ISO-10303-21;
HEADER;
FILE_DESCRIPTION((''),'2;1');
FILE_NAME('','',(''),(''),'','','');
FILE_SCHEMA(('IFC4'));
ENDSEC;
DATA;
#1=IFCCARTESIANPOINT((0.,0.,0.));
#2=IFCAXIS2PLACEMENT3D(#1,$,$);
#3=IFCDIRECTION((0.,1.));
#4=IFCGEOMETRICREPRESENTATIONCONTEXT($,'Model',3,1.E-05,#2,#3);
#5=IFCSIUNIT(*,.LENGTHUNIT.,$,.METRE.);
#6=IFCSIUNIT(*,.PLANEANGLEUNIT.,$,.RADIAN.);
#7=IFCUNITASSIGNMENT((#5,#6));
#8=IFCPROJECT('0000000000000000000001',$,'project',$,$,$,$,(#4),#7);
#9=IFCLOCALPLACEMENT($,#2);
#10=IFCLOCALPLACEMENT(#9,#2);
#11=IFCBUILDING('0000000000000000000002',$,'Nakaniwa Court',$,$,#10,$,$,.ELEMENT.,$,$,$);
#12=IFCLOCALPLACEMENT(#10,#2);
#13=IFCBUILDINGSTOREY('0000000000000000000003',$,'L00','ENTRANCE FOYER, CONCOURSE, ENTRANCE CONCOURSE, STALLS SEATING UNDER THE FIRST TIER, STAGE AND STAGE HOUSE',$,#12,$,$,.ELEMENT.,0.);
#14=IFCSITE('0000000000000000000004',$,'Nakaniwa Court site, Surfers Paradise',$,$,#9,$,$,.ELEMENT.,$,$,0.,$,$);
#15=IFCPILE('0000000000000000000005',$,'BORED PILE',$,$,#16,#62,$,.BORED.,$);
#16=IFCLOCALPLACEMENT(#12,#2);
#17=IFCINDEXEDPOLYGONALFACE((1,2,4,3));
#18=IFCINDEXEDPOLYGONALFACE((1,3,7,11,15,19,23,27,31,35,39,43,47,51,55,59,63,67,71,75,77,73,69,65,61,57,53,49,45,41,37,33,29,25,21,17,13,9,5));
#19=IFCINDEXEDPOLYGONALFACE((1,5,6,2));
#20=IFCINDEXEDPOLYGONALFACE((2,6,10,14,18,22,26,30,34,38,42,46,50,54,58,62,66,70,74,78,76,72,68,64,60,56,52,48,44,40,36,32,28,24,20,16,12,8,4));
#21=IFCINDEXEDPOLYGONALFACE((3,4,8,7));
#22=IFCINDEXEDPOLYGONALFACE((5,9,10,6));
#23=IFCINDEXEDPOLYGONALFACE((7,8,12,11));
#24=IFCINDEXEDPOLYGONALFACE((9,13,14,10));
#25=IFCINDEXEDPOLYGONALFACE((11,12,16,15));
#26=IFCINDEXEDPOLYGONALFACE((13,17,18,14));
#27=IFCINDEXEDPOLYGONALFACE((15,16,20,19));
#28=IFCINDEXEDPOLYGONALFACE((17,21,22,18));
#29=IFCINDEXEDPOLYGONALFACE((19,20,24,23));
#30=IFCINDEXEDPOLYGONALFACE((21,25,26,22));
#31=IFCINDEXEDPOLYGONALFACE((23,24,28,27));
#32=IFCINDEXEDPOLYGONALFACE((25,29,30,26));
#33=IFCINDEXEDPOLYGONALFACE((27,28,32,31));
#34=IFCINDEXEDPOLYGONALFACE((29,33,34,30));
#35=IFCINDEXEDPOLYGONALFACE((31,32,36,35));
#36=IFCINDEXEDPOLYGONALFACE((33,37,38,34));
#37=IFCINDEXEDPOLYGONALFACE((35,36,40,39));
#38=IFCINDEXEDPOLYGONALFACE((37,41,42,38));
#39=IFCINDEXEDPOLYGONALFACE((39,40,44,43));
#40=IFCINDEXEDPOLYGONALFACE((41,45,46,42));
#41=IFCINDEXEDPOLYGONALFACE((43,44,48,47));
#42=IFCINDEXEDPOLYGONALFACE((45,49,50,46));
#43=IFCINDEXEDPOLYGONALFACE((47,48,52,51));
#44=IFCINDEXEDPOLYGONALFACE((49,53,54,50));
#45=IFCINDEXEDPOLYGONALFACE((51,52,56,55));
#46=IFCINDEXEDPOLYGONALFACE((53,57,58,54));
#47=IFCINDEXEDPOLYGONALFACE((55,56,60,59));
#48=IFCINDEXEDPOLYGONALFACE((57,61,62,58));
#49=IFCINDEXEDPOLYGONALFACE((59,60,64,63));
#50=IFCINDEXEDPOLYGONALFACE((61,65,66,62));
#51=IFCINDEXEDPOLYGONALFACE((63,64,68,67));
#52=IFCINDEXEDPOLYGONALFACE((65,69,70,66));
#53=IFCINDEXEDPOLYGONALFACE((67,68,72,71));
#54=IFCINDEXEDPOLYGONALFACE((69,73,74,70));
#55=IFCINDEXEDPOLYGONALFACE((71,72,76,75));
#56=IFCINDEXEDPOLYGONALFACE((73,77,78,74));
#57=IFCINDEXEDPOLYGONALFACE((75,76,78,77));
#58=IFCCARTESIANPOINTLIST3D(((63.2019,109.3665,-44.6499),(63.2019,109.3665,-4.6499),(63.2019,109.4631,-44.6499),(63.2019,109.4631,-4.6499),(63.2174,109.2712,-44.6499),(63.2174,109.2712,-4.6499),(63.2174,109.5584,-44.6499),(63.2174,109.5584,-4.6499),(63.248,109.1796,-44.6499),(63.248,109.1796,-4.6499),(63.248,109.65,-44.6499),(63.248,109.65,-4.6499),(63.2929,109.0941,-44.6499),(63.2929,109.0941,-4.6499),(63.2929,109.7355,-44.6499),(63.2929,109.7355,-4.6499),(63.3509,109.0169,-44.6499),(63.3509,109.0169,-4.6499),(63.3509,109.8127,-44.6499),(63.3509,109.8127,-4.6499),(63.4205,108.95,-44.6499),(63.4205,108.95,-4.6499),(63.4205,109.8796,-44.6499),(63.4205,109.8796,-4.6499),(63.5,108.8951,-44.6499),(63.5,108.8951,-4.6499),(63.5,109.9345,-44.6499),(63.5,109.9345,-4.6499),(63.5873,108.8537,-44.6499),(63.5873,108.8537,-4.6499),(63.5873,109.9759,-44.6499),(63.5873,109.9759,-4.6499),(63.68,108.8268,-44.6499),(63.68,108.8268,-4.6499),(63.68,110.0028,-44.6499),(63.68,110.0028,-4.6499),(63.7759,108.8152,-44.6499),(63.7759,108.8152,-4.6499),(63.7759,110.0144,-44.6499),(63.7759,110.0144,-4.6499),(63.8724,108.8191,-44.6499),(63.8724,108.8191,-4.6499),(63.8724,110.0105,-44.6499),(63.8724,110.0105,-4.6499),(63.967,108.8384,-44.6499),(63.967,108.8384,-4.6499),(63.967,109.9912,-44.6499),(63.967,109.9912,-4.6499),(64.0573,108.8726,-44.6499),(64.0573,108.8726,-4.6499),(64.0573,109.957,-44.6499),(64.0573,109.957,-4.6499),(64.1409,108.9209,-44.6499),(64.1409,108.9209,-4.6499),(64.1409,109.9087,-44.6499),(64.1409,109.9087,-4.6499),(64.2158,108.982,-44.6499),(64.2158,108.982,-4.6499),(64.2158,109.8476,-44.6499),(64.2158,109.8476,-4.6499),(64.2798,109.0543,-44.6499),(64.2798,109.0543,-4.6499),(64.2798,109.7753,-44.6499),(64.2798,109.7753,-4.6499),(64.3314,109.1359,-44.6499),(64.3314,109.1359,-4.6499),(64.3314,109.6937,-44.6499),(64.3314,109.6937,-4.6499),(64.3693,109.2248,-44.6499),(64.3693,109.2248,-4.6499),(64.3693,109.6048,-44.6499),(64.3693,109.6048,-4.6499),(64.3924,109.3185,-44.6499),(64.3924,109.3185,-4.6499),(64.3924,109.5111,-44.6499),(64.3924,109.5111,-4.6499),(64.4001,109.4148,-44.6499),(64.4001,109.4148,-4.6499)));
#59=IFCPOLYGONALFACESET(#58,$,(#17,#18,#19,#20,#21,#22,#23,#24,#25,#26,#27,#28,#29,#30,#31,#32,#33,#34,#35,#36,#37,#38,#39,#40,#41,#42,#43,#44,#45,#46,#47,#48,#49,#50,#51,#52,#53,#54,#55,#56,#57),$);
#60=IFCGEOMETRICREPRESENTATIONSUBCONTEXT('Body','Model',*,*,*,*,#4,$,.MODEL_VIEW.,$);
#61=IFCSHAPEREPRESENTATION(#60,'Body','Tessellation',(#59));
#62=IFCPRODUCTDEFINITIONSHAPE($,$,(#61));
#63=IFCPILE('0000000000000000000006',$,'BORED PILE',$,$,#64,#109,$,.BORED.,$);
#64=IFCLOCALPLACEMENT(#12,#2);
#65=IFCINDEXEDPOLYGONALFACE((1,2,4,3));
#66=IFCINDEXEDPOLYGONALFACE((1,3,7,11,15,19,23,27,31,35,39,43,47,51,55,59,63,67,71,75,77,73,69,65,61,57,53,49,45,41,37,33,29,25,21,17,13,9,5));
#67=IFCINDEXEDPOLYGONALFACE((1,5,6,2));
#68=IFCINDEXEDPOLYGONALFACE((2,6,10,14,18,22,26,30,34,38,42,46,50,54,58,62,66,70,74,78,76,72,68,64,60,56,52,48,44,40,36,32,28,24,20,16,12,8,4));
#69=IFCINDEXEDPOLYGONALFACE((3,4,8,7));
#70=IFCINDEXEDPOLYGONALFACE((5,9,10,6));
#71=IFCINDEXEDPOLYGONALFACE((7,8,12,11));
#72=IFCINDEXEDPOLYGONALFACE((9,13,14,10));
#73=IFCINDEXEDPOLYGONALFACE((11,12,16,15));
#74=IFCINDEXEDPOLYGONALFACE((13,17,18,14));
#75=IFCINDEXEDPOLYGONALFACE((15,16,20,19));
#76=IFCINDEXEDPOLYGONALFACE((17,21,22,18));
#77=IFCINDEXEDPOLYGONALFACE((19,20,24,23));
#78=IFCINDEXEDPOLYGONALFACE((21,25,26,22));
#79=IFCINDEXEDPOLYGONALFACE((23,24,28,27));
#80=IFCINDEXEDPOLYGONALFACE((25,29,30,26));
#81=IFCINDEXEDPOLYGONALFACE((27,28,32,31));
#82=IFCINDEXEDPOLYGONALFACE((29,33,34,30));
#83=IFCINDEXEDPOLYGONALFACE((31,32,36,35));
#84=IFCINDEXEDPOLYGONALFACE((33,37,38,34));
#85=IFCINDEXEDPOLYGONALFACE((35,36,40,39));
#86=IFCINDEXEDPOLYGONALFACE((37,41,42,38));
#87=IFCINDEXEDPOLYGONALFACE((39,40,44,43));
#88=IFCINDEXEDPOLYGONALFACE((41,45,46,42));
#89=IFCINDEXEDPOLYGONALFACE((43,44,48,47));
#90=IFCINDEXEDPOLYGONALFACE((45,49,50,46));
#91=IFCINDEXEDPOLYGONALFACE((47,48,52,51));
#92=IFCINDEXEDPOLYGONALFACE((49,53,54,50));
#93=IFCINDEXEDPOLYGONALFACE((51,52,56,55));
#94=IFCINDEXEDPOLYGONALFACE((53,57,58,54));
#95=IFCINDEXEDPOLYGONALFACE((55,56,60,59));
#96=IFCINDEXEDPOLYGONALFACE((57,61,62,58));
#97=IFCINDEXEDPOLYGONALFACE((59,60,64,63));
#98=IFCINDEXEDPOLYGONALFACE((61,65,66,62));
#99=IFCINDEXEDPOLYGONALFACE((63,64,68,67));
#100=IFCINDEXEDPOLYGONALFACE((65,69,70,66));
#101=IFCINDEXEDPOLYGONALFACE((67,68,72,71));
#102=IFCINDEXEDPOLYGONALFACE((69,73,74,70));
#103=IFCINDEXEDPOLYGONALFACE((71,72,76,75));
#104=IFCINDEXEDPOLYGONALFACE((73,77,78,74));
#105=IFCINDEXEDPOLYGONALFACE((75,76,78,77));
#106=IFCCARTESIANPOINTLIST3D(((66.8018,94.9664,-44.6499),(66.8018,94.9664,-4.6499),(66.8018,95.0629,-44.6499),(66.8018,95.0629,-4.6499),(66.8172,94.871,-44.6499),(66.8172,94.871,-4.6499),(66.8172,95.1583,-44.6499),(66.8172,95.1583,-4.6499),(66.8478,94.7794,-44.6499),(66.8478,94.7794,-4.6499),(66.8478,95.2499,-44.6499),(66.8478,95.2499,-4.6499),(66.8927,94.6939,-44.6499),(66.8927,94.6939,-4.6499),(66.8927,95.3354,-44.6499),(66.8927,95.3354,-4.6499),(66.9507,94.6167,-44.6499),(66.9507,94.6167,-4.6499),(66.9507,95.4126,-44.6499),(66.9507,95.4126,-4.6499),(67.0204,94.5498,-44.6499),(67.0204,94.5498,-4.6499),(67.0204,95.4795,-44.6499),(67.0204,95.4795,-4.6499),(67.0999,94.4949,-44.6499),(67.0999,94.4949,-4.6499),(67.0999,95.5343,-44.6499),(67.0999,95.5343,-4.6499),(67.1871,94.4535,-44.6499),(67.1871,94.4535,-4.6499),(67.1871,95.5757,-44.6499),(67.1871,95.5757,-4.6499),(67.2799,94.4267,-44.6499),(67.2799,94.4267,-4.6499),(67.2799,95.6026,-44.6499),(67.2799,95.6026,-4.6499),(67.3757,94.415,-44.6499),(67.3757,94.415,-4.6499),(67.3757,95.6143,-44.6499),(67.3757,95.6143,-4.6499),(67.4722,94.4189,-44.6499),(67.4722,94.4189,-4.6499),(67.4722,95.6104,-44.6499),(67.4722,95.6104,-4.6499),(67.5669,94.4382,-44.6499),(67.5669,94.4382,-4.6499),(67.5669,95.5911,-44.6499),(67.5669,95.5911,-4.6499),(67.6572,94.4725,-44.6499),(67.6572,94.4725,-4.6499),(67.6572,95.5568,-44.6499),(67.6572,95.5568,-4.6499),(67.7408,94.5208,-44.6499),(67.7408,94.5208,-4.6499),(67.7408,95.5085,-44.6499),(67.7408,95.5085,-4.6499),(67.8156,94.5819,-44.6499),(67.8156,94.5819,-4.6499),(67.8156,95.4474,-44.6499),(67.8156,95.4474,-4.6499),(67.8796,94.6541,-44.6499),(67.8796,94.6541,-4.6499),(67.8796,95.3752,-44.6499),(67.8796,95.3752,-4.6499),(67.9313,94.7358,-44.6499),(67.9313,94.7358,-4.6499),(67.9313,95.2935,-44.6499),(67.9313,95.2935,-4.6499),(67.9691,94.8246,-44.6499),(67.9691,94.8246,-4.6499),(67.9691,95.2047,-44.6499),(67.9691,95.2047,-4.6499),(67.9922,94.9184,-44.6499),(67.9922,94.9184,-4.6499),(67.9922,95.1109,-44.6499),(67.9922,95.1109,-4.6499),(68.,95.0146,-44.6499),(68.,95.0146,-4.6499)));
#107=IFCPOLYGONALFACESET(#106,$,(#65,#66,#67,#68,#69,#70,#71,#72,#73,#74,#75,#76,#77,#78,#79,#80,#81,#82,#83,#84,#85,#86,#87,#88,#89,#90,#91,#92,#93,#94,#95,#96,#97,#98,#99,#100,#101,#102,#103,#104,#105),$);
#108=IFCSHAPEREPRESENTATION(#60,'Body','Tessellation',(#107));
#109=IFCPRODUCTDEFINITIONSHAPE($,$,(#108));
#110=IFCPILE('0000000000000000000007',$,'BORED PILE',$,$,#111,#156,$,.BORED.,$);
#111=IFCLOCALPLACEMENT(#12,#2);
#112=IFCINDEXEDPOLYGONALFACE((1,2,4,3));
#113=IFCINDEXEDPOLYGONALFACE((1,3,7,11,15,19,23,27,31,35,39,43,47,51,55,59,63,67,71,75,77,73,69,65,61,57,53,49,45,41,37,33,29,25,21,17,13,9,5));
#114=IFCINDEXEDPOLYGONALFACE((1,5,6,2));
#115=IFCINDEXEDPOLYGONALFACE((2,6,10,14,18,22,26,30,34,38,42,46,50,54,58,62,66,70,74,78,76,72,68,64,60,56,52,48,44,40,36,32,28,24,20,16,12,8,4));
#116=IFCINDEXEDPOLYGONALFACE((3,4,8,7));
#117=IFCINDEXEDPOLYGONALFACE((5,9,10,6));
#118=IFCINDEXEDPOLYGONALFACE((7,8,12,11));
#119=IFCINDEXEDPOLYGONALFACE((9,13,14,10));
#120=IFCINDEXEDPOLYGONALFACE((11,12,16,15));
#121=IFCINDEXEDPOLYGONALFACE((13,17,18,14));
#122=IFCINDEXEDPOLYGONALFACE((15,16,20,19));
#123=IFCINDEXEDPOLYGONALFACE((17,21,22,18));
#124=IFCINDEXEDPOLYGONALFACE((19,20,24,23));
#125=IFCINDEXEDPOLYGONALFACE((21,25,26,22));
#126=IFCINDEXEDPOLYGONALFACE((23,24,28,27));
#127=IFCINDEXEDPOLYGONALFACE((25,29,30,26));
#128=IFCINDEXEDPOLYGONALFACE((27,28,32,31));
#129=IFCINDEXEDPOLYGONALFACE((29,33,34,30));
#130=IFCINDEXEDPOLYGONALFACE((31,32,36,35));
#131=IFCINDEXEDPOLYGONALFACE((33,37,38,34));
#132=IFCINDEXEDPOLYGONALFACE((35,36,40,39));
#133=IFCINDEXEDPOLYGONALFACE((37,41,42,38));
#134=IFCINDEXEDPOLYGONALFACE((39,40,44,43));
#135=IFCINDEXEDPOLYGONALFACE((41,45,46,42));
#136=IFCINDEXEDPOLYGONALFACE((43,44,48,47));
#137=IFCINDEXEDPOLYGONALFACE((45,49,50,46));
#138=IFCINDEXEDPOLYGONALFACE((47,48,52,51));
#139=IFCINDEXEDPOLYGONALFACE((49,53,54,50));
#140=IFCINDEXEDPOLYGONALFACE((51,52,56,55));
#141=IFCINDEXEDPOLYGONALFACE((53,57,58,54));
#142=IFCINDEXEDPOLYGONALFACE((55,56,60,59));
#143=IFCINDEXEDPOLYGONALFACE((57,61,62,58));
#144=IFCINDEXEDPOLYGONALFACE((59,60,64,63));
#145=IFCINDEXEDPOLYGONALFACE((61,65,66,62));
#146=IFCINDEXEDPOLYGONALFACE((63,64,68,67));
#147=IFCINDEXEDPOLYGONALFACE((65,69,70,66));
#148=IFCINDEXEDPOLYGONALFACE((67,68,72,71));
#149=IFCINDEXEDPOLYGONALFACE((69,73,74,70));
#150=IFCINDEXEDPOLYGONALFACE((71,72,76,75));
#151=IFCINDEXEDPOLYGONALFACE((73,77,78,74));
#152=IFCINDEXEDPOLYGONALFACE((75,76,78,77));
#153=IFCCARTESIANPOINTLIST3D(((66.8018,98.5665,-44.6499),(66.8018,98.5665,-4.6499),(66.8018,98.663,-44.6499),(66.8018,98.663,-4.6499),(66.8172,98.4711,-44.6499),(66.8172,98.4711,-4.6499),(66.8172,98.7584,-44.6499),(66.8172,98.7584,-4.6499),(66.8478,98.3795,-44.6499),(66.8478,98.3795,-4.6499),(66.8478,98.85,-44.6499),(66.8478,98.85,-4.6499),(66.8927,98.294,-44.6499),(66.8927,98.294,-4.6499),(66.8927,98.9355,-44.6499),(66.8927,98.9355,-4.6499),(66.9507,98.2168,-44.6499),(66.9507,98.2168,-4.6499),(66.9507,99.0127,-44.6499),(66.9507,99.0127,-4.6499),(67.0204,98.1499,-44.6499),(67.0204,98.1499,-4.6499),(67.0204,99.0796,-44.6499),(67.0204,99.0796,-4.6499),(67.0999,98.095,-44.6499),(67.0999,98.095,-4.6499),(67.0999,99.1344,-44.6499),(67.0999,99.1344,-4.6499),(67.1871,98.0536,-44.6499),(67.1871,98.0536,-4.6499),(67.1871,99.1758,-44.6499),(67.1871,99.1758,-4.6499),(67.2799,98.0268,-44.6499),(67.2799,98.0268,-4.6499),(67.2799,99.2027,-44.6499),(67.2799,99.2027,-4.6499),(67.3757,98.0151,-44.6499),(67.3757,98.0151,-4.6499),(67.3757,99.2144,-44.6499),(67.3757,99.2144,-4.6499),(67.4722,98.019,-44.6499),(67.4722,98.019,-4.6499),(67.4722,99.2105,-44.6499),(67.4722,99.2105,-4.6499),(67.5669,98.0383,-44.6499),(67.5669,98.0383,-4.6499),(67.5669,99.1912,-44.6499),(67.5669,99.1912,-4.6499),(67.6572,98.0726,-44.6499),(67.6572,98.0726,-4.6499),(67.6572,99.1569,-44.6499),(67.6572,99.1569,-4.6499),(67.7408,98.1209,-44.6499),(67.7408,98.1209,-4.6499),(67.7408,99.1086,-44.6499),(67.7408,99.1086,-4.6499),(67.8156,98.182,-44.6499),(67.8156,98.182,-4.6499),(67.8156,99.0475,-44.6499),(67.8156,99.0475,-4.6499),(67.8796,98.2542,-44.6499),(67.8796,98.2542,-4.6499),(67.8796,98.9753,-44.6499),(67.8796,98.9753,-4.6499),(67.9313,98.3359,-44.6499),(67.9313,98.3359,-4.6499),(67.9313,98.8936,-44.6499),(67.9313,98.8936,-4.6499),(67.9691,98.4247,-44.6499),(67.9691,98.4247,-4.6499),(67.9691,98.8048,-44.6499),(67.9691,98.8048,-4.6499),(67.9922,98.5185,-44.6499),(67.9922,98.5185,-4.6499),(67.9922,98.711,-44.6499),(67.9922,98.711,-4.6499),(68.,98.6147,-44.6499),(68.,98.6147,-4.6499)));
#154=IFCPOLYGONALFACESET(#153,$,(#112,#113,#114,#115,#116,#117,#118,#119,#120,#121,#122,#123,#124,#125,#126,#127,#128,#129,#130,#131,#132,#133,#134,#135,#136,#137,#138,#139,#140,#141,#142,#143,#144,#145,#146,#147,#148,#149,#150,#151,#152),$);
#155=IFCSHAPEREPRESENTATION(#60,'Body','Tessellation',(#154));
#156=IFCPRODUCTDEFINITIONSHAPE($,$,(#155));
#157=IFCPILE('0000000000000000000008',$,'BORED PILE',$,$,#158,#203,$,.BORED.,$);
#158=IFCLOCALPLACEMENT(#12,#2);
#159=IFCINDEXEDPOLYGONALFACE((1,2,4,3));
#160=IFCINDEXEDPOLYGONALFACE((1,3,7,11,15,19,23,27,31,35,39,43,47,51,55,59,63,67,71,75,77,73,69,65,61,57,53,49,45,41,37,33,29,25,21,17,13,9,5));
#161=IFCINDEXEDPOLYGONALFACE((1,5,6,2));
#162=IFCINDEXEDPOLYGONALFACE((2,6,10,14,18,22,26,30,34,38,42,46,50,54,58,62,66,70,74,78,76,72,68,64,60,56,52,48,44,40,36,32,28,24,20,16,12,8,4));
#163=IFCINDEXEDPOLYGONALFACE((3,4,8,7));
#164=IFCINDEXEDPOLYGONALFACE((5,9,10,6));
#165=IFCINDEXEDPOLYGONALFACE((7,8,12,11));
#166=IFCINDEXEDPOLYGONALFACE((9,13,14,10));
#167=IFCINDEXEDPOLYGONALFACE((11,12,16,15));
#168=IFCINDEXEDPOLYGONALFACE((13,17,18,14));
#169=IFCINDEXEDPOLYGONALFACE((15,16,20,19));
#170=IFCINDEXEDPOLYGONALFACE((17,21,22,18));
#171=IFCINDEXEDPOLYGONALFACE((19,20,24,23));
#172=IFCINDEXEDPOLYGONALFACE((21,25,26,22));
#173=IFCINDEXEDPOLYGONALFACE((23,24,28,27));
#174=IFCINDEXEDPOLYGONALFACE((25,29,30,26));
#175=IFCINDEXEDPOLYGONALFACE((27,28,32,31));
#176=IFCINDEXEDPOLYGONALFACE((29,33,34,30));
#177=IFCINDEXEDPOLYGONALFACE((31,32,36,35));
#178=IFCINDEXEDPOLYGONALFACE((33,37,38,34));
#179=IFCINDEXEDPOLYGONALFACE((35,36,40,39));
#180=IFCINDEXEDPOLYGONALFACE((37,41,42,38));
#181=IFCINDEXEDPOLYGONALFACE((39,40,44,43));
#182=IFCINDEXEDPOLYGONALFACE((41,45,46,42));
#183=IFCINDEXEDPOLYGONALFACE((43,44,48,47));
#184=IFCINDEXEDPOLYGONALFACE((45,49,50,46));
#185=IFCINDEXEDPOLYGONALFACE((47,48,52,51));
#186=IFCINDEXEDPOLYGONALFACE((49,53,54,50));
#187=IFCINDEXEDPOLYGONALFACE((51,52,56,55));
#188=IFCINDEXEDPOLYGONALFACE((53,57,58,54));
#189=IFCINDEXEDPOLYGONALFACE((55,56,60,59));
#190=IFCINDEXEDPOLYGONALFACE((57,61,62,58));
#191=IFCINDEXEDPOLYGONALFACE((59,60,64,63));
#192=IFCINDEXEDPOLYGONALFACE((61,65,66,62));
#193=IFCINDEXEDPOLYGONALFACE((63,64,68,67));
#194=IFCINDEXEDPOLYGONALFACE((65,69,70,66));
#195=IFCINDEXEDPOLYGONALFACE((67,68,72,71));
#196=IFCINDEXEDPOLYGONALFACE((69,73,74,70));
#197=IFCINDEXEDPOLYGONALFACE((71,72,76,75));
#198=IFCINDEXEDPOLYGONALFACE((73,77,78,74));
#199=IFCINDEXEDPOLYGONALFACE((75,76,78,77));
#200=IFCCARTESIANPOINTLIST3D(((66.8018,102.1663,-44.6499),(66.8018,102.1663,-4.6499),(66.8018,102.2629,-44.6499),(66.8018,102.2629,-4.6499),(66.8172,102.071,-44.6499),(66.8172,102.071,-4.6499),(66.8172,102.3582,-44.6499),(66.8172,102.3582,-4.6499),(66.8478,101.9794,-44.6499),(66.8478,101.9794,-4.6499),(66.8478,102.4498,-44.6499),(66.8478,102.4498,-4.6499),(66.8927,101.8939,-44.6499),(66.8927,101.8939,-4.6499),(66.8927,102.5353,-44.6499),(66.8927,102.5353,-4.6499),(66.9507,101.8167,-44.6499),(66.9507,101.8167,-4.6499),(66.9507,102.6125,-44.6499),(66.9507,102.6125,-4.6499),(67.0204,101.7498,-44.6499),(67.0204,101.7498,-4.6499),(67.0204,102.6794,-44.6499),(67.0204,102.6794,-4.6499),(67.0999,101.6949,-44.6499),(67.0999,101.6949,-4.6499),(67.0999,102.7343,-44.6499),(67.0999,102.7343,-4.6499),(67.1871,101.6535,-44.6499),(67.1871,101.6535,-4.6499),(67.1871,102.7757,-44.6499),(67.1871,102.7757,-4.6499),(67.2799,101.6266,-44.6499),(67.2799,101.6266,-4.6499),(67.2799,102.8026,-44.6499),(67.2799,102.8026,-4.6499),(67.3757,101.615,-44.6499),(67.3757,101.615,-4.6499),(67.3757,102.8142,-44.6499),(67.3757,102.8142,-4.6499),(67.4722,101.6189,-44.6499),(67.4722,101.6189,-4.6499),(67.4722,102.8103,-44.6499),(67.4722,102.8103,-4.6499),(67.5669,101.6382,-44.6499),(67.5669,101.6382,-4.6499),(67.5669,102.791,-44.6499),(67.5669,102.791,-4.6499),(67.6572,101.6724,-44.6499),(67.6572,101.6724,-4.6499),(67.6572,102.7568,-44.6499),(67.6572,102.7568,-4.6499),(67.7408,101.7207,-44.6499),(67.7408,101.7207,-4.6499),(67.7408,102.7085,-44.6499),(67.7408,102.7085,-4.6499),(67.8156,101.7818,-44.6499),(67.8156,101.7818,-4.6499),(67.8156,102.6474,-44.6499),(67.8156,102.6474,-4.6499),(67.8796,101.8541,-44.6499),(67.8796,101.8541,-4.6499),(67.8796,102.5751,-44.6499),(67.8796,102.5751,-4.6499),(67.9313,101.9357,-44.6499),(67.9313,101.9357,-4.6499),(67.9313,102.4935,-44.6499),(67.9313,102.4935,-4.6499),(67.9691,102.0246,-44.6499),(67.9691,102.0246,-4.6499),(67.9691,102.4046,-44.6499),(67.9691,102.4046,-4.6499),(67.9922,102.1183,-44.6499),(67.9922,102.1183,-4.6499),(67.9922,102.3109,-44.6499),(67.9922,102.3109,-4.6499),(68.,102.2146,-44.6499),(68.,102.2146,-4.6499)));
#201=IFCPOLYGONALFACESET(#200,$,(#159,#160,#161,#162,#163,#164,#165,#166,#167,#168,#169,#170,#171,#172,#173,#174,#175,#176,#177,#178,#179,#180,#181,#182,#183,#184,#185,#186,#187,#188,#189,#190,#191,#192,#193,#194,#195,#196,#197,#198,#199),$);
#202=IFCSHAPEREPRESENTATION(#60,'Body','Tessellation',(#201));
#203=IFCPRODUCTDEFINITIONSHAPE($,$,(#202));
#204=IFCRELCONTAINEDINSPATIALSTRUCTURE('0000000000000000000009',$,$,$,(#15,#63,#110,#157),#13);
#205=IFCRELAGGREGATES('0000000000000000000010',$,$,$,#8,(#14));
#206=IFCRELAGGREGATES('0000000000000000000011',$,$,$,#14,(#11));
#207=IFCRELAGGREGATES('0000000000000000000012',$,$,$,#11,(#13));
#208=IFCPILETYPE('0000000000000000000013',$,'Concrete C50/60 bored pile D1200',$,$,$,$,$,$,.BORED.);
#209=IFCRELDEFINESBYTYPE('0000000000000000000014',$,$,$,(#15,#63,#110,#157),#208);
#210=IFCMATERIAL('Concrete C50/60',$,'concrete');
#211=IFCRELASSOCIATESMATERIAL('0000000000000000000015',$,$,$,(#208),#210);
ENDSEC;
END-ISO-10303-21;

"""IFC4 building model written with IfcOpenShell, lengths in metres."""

from ifc_helpers import new_model, si_unit, direction, frame, origin, origin_2d, place, context, subcontext, project, spatial, circle, extrude, material, material_profile, profile_set, type_object, element, save


model = new_model("IFC4")

# Units and contexts
model_context = context("Model", 3, precision=1e-05, world=origin(), true_north=direction((0.0, 1.0)))
body_context = subcontext(model_context, "Body", "Model", "MODEL_VIEW")
ifc_project = project(units=[si_unit("LENGTHUNIT", "METRE"), si_unit("PLANEANGLEUNIT", "RADIAN")], contexts=[model_context])

# Site, building, storey
site_placement = place(None, origin())
site = spatial("IfcSite", under=ifc_project, at=site_placement, Name="Nakaniwa Court site, Surfers Paradise", CompositionType="ELEMENT", RefElevation=0.0)
building_placement = place(site_placement, origin())
building = spatial("IfcBuilding", under=site, at=building_placement, Name="Nakaniwa Court", CompositionType="ELEMENT")
storey_placement = place(building_placement, origin())
storey = spatial("IfcBuildingStorey", under=building, at=storey_placement, Name="L00", Description="ENTRANCE FOYER, CONCOURSE, ENTRANCE CONCOURSE, STALLS SEATING UNDER THE FIRST TIER, STAGE AND STAGE HOUSE", CompositionType="ELEMENT", Elevation=0.0)

# Piles
ifc_material_1 = material(Name="Concrete C50/60", Category="concrete")
ifc_material_profile_1 = material_profile(ifc_material_1, circle(Radius=0.6001, at=origin_2d()), Name="Concrete C50/60 bored pile D1200")
ifc_profile_set_1 = profile_set([ifc_material_profile_1], Name="Concrete C50/60")
pile_type = type_object("IfcPileType", Name="Concrete C50/60 bored pile D1200", PredefinedType="BORED", material=ifc_profile_set_1)
for number, where, z_axis, x_axis, name in (
    (1, (63.8, 109.4148, -4.6499), (0.0, 0.0, -1.0), (1.0, 0.0, 0.0), "BORED PILE"),
    (2, (67.3999, 95.0146, -4.6499), (0.0, 0.0, -1.0), (1.0, 0.0, 0.0), "BORED PILE"),
    (3, (67.3999, 98.6147, -4.6499), (0.0, 0.0, -1.0), (1.0, 0.0, 0.0), "BORED PILE"),
    (4, (67.3999, 102.2146, -4.6499), (0.0, 0.0, -1.0), (1.0, 0.0, 0.0), "BORED PILE"),
):
    element("IfcPile", number, at=place(storey_placement, frame(where, z_axis=z_axis, x_axis=x_axis)), inside=storey, type_object=pile_type, Name=name, PredefinedType="BORED", context=body_context, shape_type="SweptSolid", body=[
        extrude(circle(Radius=0.6001, at=origin_2d()), origin(), (0.0, 0.0, 1.0), 40.0),
    ])

save(model, "model.ifc")
